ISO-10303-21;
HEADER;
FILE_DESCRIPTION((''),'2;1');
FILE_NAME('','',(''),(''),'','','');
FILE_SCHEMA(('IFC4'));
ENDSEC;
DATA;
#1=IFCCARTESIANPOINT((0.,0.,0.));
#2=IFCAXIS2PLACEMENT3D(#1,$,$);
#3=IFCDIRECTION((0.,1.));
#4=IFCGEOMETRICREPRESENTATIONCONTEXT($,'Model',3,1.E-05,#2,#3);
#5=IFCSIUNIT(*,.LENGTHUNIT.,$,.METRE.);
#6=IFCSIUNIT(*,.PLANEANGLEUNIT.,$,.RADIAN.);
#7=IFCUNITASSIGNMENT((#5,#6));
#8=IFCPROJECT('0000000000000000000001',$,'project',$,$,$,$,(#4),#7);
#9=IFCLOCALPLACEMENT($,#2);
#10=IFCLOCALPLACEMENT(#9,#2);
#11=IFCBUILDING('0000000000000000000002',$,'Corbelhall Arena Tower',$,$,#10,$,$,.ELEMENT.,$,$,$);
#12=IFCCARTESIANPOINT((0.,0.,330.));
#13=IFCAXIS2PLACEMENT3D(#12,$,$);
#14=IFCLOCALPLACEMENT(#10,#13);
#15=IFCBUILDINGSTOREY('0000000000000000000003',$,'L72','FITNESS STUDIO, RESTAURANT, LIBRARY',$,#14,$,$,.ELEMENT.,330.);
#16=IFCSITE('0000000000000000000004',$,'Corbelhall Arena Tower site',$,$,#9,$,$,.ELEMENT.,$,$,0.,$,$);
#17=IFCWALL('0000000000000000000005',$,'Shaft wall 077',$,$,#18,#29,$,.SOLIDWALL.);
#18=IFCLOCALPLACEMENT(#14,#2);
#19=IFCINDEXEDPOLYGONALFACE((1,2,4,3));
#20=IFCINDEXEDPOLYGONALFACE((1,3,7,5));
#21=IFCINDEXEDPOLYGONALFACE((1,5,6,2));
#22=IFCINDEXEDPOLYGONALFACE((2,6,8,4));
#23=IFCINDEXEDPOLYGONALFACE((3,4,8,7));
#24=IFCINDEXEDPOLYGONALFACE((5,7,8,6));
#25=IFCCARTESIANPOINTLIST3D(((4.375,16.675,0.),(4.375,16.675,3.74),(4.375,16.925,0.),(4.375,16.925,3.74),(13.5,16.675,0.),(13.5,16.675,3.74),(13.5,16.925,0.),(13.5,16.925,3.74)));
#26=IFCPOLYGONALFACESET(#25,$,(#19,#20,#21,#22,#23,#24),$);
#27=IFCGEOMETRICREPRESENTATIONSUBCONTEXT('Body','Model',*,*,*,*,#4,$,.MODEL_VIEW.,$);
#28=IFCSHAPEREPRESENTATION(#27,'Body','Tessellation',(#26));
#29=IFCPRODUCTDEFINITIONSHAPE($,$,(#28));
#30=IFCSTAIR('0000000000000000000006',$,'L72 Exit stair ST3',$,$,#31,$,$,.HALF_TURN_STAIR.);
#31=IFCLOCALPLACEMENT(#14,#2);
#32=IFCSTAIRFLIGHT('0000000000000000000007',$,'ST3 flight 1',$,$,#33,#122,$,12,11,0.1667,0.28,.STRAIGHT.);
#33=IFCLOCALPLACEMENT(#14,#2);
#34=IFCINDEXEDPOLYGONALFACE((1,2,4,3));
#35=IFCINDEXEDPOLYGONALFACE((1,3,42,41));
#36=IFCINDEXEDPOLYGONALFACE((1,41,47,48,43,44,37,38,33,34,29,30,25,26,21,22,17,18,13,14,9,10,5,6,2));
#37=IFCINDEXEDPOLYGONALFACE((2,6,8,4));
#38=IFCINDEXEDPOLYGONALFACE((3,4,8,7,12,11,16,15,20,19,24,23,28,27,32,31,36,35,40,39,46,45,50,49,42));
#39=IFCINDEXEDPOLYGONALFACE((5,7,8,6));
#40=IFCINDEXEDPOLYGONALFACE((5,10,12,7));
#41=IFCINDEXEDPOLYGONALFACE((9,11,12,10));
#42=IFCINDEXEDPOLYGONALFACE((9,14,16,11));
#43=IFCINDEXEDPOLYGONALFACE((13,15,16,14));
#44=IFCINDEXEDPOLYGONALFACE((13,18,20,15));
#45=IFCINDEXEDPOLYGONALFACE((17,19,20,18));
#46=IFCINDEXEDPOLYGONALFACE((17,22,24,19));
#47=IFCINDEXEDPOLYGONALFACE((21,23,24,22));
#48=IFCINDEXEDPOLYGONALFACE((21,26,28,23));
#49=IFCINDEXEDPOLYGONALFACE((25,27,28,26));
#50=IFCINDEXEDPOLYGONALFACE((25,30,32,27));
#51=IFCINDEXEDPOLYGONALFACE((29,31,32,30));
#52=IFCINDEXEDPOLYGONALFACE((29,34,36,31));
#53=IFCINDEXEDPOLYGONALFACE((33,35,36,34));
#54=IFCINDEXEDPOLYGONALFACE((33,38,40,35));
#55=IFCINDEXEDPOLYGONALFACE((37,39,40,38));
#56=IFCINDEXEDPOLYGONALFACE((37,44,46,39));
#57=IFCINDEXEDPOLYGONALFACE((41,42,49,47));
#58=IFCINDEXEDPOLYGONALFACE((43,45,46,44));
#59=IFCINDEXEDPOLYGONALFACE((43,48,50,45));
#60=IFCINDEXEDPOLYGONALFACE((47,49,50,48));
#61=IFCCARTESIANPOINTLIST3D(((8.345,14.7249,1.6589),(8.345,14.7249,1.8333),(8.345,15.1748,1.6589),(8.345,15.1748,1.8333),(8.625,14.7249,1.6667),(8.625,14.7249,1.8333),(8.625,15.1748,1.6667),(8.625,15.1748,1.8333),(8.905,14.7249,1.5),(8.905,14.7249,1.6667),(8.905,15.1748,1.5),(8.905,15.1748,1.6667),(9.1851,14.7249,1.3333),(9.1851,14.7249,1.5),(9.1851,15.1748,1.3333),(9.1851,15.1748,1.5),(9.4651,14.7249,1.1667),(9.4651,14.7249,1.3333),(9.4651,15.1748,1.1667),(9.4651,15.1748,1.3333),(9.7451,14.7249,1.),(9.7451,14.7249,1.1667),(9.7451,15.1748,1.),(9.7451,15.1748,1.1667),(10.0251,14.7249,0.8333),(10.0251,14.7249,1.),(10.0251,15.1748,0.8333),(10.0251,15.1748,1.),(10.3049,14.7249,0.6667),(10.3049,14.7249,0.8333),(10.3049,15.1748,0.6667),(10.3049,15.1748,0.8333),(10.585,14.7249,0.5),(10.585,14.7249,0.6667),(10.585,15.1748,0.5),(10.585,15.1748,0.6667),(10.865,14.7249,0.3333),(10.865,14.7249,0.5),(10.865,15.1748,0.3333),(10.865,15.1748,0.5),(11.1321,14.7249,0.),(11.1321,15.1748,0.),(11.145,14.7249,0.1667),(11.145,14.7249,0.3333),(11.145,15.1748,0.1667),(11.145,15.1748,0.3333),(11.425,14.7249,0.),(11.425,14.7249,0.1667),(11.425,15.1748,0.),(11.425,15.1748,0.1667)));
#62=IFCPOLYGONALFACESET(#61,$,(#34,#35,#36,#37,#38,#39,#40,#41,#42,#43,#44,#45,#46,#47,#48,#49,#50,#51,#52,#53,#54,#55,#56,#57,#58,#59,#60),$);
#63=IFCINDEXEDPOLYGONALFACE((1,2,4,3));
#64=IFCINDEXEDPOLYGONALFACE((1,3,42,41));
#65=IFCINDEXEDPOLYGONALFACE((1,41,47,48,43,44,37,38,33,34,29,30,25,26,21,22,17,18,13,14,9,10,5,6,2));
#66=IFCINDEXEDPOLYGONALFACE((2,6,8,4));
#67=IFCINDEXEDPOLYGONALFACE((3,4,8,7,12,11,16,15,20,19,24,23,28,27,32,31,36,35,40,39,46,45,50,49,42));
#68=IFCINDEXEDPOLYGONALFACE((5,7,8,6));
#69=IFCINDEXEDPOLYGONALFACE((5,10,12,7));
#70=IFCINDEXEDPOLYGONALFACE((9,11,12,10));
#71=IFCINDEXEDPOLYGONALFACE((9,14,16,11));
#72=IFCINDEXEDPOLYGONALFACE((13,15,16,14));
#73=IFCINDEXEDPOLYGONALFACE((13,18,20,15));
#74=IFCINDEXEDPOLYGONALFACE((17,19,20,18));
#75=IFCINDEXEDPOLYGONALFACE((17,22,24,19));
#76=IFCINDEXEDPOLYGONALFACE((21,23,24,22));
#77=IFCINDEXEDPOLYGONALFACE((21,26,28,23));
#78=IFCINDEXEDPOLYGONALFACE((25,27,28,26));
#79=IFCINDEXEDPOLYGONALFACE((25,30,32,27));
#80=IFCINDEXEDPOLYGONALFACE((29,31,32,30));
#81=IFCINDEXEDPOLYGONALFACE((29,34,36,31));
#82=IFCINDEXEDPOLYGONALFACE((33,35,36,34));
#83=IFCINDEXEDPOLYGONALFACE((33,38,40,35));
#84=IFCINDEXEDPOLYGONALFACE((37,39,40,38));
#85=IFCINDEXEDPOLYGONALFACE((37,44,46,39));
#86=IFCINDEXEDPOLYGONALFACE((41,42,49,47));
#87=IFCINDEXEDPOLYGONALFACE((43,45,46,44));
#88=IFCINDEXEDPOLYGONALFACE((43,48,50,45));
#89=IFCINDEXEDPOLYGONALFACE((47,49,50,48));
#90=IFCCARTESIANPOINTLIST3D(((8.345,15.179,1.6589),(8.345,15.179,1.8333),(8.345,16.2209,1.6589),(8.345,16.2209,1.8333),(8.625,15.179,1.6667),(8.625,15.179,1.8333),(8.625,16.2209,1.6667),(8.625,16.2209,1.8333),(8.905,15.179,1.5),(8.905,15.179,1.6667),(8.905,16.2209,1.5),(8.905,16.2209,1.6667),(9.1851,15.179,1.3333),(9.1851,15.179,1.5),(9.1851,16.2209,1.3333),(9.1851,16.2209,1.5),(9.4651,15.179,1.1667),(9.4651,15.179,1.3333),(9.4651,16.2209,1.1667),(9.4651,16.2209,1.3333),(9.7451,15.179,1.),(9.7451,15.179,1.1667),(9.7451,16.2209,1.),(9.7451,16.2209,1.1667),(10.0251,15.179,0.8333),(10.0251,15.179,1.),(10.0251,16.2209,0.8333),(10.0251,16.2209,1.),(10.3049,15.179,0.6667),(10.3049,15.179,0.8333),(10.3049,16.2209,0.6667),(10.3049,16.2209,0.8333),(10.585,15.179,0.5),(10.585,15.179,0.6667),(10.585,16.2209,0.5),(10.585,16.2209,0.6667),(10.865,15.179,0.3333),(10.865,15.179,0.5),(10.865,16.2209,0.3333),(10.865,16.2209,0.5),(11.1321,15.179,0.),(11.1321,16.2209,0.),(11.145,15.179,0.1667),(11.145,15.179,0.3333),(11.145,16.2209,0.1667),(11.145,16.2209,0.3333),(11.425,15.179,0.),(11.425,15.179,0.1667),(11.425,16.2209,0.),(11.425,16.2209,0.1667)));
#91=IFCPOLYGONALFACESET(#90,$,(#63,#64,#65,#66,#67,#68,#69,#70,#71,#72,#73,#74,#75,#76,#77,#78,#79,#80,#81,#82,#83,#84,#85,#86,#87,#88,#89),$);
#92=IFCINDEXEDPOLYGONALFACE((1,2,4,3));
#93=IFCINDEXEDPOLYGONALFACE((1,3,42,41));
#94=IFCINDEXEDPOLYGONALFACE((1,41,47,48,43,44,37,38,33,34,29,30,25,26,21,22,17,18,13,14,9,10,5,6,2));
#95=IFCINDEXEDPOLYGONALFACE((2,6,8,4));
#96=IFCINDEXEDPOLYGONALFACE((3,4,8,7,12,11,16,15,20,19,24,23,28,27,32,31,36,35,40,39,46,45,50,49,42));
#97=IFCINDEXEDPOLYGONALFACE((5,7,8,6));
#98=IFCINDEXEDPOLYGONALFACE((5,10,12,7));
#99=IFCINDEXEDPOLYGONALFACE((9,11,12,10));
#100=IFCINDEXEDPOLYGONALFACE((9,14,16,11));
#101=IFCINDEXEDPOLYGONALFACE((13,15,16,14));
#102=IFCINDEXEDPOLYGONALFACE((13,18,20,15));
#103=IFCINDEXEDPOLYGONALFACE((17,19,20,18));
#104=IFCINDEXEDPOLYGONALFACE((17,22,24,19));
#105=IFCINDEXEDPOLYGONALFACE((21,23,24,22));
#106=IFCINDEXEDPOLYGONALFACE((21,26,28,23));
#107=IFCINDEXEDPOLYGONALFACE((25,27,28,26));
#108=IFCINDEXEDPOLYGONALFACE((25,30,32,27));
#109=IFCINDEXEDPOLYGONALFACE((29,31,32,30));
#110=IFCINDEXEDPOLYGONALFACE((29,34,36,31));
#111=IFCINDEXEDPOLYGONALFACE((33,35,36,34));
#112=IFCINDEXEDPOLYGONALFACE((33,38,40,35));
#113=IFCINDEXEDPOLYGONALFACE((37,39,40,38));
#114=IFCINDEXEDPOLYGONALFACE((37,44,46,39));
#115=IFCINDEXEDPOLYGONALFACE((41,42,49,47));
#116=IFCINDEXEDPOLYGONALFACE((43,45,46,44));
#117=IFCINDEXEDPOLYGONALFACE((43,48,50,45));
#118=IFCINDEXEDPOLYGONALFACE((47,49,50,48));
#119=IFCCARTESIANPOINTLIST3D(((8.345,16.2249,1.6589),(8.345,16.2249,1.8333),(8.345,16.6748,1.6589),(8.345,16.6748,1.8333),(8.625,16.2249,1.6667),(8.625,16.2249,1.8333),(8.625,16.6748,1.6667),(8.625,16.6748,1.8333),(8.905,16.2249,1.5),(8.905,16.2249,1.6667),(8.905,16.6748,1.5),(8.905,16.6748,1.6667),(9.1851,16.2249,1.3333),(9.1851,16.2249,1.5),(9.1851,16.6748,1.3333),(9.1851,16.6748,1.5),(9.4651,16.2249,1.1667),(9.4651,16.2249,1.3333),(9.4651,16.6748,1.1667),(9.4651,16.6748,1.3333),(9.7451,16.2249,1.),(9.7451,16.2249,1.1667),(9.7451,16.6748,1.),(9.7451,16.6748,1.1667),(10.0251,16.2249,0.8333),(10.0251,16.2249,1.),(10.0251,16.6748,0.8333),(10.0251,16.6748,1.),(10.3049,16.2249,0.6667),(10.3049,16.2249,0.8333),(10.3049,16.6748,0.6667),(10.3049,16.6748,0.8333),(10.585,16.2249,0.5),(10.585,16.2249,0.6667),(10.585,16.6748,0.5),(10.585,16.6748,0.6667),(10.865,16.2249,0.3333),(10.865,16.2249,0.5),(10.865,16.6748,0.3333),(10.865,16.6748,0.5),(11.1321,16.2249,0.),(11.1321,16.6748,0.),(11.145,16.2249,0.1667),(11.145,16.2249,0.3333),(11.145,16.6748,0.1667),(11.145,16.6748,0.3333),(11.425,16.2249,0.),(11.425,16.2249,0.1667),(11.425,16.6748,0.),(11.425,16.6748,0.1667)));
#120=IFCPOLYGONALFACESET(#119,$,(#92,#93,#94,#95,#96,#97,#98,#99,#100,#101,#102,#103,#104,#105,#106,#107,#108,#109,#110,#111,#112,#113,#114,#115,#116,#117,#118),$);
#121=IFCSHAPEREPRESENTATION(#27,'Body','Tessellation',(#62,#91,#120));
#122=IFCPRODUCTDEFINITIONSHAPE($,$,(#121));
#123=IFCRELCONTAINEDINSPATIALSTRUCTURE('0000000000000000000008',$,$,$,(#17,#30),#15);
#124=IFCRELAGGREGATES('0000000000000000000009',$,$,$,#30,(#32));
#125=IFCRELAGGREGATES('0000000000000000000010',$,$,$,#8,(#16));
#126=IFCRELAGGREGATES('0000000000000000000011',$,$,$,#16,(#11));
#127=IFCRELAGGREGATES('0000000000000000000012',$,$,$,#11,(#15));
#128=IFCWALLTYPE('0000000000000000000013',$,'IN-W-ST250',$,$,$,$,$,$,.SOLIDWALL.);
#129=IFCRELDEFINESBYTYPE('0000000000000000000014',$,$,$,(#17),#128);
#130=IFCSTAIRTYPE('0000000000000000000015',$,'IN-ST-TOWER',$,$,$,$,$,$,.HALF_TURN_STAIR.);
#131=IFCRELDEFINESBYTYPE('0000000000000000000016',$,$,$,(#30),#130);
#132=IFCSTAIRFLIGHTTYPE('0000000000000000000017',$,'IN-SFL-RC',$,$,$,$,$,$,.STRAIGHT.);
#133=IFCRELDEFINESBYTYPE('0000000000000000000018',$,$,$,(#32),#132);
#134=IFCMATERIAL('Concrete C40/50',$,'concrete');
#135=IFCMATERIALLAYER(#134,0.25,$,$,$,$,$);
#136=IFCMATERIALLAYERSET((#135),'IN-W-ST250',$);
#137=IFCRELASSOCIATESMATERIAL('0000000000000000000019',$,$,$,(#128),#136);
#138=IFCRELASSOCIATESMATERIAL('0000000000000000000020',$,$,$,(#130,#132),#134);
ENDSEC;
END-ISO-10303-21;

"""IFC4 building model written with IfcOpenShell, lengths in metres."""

from ifc_helpers import new_model, si_unit, direction, frame, frame_2d, origin, place, context, subcontext, project, spatial, polyline, rectangle, outline, extrude, material, layer, layer_set, type_object, element, aggregate, save


model = new_model("IFC4")

# Units and contexts
model_context = context("Model", 3, precision=1e-05, world=origin(), true_north=direction((0.0, 1.0)))
body_context = subcontext(model_context, "Body", "Model", "MODEL_VIEW")
ifc_project = project(units=[si_unit("LENGTHUNIT", "METRE"), si_unit("PLANEANGLEUNIT", "RADIAN")], contexts=[model_context])

# Site, building, storey
site_placement = place(None, origin())
site = spatial("IfcSite", under=ifc_project, at=site_placement, Name="Corbelhall Arena Tower site", CompositionType="ELEMENT", RefElevation=0.0)
building_placement = place(site_placement, origin())
building = spatial("IfcBuilding", under=site, at=building_placement, Name="Corbelhall Arena Tower", CompositionType="ELEMENT")
storey_placement = place(building_placement, frame((0.0, 0.0, 330.0)))
storey = spatial("IfcBuildingStorey", under=building, at=storey_placement, Name="L72", Description="FITNESS STUDIO, RESTAURANT, LIBRARY", CompositionType="ELEMENT", Elevation=330.0)

# Wall
ifc_material_1 = material(Name="Concrete C40/50", Category="concrete")
ifc_layer_1 = layer(ifc_material_1, 0.25)
ifc_layer_set_1 = layer_set([ifc_layer_1], Name="IN-W-ST250")
wall_type_1 = type_object("IfcWallType", Name="IN-W-ST250", PredefinedType="SOLIDWALL", material=ifc_layer_set_1)
wall_1_placement = place(storey_placement, frame((4.375, 16.8, 0.0), z_axis=(0.0, 0.0, 1.0), x_axis=(1.0, 0.0, 0.0)))
element("IfcWall", 1, at=wall_1_placement, inside=storey, type_object=wall_type_1, Name="Shaft wall 077", PredefinedType="SOLIDWALL", context=body_context, shape_type="SweptSolid", body=[
    extrude(rectangle(XDim=9.125, YDim=0.25, at=frame_2d((4.5625, 0.0))), origin(), (0.0, 0.0, 1.0), 3.74),
])

# Stair, stair flight
stair_type = type_object("IfcStairType", Name="IN-ST-TOWER", PredefinedType="HALF_TURN_STAIR", material=ifc_material_1)
stair_placement = place(storey_placement, origin())
stair = element("IfcStair", 2, at=stair_placement, inside=storey, type_object=stair_type, Name="L72 Exit stair ST3", PredefinedType="HALF_TURN_STAIR")
stair_flight_type = type_object("IfcStairFlightType", Name="IN-SFL-RC", PredefinedType="STRAIGHT", material=ifc_material_1)
stair_flight_1_placement = place(storey_placement, frame((11.425, 15.7, 0.0), z_axis=(0.0, 0.0, 1.0), x_axis=(-1.0, 0.0, 0.0)))
stair_flight_1 = element("IfcStairFlight", 3, at=stair_flight_1_placement, type_object=stair_flight_type, Name="ST3 flight 1", NumberOfRisers=12, NumberOfTreads=11, PredefinedType="STRAIGHT", RiserHeight=0.1667, TreadLength=0.28, context=body_context, shape_type="SweptSolid", body=[
    extrude(outline(polyline([(0.0, 0.0), (0.0, 0.1667), (0.28, 0.1667), (0.28, 0.3333), (0.5601, 0.3333), (0.5601, 0.5), (0.8401, 0.5), (0.8401, 0.6667), (1.1201, 0.6667), (1.1201, 0.8333), (1.3999, 0.8333), (1.3999, 1.0), (1.6799, 1.0), (1.6799, 1.1667), (1.96, 1.1667), (1.96, 1.3333), (2.24, 1.3333), (2.24, 1.5), (2.52, 1.5), (2.52, 1.6667), (2.8, 1.6667), (2.8, 1.8333), (3.0801, 1.8333), (3.0801, 2.0), (3.0801, 1.6589), (0.293, 0.0), (0.0, 0.0)])), frame((0.0, 0.9751, 0.0), z_axis=(0.0, -1.0, 0.0), x_axis=(1.0, 0.0, 0.0)), (0.0, 0.0, 1.0), 0.45),
    extrude(outline(polyline([(0.0, 0.0), (0.0, 0.1667), (0.28, 0.1667), (0.28, 0.3333), (0.5601, 0.3333), (0.5601, 0.5), (0.8401, 0.5), (0.8401, 0.6667), (1.1201, 0.6667), (1.1201, 0.8333), (1.3999, 0.8333), (1.3999, 1.0), (1.6799, 1.0), (1.6799, 1.1667), (1.96, 1.1667), (1.96, 1.3333), (2.24, 1.3333), (2.24, 1.5), (2.52, 1.5), (2.52, 1.6667), (2.8, 1.6667), (2.8, 1.8333), (3.0801, 1.8333), (3.0801, 2.0), (3.0801, 1.6589), (0.293, 0.0), (0.0, 0.0)])), frame((0.0, 0.521, 0.0), z_axis=(0.0, -1.0, 0.0), x_axis=(1.0, 0.0, 0.0)), (0.0, 0.0, 1.0), 1.042),
    extrude(outline(polyline([(0.0, 0.0), (0.0, 0.1667), (0.28, 0.1667), (0.28, 0.3333), (0.5601, 0.3333), (0.5601, 0.5), (0.8401, 0.5), (0.8401, 0.6667), (1.1201, 0.6667), (1.1201, 0.8333), (1.3999, 0.8333), (1.3999, 1.0), (1.6799, 1.0), (1.6799, 1.1667), (1.96, 1.1667), (1.96, 1.3333), (2.24, 1.3333), (2.24, 1.5), (2.52, 1.5), (2.52, 1.6667), (2.8, 1.6667), (2.8, 1.8333), (3.0801, 1.8333), (3.0801, 2.0), (3.0801, 1.6589), (0.293, 0.0), (0.0, 0.0)])), frame((0.0, -0.5249, 0.0), z_axis=(0.0, -1.0, 0.0), x_axis=(1.0, 0.0, 0.0)), (0.0, 0.0, 1.0), 0.45),
])
aggregate(stair, [stair_flight_1])

save(model, "model.ifc")
